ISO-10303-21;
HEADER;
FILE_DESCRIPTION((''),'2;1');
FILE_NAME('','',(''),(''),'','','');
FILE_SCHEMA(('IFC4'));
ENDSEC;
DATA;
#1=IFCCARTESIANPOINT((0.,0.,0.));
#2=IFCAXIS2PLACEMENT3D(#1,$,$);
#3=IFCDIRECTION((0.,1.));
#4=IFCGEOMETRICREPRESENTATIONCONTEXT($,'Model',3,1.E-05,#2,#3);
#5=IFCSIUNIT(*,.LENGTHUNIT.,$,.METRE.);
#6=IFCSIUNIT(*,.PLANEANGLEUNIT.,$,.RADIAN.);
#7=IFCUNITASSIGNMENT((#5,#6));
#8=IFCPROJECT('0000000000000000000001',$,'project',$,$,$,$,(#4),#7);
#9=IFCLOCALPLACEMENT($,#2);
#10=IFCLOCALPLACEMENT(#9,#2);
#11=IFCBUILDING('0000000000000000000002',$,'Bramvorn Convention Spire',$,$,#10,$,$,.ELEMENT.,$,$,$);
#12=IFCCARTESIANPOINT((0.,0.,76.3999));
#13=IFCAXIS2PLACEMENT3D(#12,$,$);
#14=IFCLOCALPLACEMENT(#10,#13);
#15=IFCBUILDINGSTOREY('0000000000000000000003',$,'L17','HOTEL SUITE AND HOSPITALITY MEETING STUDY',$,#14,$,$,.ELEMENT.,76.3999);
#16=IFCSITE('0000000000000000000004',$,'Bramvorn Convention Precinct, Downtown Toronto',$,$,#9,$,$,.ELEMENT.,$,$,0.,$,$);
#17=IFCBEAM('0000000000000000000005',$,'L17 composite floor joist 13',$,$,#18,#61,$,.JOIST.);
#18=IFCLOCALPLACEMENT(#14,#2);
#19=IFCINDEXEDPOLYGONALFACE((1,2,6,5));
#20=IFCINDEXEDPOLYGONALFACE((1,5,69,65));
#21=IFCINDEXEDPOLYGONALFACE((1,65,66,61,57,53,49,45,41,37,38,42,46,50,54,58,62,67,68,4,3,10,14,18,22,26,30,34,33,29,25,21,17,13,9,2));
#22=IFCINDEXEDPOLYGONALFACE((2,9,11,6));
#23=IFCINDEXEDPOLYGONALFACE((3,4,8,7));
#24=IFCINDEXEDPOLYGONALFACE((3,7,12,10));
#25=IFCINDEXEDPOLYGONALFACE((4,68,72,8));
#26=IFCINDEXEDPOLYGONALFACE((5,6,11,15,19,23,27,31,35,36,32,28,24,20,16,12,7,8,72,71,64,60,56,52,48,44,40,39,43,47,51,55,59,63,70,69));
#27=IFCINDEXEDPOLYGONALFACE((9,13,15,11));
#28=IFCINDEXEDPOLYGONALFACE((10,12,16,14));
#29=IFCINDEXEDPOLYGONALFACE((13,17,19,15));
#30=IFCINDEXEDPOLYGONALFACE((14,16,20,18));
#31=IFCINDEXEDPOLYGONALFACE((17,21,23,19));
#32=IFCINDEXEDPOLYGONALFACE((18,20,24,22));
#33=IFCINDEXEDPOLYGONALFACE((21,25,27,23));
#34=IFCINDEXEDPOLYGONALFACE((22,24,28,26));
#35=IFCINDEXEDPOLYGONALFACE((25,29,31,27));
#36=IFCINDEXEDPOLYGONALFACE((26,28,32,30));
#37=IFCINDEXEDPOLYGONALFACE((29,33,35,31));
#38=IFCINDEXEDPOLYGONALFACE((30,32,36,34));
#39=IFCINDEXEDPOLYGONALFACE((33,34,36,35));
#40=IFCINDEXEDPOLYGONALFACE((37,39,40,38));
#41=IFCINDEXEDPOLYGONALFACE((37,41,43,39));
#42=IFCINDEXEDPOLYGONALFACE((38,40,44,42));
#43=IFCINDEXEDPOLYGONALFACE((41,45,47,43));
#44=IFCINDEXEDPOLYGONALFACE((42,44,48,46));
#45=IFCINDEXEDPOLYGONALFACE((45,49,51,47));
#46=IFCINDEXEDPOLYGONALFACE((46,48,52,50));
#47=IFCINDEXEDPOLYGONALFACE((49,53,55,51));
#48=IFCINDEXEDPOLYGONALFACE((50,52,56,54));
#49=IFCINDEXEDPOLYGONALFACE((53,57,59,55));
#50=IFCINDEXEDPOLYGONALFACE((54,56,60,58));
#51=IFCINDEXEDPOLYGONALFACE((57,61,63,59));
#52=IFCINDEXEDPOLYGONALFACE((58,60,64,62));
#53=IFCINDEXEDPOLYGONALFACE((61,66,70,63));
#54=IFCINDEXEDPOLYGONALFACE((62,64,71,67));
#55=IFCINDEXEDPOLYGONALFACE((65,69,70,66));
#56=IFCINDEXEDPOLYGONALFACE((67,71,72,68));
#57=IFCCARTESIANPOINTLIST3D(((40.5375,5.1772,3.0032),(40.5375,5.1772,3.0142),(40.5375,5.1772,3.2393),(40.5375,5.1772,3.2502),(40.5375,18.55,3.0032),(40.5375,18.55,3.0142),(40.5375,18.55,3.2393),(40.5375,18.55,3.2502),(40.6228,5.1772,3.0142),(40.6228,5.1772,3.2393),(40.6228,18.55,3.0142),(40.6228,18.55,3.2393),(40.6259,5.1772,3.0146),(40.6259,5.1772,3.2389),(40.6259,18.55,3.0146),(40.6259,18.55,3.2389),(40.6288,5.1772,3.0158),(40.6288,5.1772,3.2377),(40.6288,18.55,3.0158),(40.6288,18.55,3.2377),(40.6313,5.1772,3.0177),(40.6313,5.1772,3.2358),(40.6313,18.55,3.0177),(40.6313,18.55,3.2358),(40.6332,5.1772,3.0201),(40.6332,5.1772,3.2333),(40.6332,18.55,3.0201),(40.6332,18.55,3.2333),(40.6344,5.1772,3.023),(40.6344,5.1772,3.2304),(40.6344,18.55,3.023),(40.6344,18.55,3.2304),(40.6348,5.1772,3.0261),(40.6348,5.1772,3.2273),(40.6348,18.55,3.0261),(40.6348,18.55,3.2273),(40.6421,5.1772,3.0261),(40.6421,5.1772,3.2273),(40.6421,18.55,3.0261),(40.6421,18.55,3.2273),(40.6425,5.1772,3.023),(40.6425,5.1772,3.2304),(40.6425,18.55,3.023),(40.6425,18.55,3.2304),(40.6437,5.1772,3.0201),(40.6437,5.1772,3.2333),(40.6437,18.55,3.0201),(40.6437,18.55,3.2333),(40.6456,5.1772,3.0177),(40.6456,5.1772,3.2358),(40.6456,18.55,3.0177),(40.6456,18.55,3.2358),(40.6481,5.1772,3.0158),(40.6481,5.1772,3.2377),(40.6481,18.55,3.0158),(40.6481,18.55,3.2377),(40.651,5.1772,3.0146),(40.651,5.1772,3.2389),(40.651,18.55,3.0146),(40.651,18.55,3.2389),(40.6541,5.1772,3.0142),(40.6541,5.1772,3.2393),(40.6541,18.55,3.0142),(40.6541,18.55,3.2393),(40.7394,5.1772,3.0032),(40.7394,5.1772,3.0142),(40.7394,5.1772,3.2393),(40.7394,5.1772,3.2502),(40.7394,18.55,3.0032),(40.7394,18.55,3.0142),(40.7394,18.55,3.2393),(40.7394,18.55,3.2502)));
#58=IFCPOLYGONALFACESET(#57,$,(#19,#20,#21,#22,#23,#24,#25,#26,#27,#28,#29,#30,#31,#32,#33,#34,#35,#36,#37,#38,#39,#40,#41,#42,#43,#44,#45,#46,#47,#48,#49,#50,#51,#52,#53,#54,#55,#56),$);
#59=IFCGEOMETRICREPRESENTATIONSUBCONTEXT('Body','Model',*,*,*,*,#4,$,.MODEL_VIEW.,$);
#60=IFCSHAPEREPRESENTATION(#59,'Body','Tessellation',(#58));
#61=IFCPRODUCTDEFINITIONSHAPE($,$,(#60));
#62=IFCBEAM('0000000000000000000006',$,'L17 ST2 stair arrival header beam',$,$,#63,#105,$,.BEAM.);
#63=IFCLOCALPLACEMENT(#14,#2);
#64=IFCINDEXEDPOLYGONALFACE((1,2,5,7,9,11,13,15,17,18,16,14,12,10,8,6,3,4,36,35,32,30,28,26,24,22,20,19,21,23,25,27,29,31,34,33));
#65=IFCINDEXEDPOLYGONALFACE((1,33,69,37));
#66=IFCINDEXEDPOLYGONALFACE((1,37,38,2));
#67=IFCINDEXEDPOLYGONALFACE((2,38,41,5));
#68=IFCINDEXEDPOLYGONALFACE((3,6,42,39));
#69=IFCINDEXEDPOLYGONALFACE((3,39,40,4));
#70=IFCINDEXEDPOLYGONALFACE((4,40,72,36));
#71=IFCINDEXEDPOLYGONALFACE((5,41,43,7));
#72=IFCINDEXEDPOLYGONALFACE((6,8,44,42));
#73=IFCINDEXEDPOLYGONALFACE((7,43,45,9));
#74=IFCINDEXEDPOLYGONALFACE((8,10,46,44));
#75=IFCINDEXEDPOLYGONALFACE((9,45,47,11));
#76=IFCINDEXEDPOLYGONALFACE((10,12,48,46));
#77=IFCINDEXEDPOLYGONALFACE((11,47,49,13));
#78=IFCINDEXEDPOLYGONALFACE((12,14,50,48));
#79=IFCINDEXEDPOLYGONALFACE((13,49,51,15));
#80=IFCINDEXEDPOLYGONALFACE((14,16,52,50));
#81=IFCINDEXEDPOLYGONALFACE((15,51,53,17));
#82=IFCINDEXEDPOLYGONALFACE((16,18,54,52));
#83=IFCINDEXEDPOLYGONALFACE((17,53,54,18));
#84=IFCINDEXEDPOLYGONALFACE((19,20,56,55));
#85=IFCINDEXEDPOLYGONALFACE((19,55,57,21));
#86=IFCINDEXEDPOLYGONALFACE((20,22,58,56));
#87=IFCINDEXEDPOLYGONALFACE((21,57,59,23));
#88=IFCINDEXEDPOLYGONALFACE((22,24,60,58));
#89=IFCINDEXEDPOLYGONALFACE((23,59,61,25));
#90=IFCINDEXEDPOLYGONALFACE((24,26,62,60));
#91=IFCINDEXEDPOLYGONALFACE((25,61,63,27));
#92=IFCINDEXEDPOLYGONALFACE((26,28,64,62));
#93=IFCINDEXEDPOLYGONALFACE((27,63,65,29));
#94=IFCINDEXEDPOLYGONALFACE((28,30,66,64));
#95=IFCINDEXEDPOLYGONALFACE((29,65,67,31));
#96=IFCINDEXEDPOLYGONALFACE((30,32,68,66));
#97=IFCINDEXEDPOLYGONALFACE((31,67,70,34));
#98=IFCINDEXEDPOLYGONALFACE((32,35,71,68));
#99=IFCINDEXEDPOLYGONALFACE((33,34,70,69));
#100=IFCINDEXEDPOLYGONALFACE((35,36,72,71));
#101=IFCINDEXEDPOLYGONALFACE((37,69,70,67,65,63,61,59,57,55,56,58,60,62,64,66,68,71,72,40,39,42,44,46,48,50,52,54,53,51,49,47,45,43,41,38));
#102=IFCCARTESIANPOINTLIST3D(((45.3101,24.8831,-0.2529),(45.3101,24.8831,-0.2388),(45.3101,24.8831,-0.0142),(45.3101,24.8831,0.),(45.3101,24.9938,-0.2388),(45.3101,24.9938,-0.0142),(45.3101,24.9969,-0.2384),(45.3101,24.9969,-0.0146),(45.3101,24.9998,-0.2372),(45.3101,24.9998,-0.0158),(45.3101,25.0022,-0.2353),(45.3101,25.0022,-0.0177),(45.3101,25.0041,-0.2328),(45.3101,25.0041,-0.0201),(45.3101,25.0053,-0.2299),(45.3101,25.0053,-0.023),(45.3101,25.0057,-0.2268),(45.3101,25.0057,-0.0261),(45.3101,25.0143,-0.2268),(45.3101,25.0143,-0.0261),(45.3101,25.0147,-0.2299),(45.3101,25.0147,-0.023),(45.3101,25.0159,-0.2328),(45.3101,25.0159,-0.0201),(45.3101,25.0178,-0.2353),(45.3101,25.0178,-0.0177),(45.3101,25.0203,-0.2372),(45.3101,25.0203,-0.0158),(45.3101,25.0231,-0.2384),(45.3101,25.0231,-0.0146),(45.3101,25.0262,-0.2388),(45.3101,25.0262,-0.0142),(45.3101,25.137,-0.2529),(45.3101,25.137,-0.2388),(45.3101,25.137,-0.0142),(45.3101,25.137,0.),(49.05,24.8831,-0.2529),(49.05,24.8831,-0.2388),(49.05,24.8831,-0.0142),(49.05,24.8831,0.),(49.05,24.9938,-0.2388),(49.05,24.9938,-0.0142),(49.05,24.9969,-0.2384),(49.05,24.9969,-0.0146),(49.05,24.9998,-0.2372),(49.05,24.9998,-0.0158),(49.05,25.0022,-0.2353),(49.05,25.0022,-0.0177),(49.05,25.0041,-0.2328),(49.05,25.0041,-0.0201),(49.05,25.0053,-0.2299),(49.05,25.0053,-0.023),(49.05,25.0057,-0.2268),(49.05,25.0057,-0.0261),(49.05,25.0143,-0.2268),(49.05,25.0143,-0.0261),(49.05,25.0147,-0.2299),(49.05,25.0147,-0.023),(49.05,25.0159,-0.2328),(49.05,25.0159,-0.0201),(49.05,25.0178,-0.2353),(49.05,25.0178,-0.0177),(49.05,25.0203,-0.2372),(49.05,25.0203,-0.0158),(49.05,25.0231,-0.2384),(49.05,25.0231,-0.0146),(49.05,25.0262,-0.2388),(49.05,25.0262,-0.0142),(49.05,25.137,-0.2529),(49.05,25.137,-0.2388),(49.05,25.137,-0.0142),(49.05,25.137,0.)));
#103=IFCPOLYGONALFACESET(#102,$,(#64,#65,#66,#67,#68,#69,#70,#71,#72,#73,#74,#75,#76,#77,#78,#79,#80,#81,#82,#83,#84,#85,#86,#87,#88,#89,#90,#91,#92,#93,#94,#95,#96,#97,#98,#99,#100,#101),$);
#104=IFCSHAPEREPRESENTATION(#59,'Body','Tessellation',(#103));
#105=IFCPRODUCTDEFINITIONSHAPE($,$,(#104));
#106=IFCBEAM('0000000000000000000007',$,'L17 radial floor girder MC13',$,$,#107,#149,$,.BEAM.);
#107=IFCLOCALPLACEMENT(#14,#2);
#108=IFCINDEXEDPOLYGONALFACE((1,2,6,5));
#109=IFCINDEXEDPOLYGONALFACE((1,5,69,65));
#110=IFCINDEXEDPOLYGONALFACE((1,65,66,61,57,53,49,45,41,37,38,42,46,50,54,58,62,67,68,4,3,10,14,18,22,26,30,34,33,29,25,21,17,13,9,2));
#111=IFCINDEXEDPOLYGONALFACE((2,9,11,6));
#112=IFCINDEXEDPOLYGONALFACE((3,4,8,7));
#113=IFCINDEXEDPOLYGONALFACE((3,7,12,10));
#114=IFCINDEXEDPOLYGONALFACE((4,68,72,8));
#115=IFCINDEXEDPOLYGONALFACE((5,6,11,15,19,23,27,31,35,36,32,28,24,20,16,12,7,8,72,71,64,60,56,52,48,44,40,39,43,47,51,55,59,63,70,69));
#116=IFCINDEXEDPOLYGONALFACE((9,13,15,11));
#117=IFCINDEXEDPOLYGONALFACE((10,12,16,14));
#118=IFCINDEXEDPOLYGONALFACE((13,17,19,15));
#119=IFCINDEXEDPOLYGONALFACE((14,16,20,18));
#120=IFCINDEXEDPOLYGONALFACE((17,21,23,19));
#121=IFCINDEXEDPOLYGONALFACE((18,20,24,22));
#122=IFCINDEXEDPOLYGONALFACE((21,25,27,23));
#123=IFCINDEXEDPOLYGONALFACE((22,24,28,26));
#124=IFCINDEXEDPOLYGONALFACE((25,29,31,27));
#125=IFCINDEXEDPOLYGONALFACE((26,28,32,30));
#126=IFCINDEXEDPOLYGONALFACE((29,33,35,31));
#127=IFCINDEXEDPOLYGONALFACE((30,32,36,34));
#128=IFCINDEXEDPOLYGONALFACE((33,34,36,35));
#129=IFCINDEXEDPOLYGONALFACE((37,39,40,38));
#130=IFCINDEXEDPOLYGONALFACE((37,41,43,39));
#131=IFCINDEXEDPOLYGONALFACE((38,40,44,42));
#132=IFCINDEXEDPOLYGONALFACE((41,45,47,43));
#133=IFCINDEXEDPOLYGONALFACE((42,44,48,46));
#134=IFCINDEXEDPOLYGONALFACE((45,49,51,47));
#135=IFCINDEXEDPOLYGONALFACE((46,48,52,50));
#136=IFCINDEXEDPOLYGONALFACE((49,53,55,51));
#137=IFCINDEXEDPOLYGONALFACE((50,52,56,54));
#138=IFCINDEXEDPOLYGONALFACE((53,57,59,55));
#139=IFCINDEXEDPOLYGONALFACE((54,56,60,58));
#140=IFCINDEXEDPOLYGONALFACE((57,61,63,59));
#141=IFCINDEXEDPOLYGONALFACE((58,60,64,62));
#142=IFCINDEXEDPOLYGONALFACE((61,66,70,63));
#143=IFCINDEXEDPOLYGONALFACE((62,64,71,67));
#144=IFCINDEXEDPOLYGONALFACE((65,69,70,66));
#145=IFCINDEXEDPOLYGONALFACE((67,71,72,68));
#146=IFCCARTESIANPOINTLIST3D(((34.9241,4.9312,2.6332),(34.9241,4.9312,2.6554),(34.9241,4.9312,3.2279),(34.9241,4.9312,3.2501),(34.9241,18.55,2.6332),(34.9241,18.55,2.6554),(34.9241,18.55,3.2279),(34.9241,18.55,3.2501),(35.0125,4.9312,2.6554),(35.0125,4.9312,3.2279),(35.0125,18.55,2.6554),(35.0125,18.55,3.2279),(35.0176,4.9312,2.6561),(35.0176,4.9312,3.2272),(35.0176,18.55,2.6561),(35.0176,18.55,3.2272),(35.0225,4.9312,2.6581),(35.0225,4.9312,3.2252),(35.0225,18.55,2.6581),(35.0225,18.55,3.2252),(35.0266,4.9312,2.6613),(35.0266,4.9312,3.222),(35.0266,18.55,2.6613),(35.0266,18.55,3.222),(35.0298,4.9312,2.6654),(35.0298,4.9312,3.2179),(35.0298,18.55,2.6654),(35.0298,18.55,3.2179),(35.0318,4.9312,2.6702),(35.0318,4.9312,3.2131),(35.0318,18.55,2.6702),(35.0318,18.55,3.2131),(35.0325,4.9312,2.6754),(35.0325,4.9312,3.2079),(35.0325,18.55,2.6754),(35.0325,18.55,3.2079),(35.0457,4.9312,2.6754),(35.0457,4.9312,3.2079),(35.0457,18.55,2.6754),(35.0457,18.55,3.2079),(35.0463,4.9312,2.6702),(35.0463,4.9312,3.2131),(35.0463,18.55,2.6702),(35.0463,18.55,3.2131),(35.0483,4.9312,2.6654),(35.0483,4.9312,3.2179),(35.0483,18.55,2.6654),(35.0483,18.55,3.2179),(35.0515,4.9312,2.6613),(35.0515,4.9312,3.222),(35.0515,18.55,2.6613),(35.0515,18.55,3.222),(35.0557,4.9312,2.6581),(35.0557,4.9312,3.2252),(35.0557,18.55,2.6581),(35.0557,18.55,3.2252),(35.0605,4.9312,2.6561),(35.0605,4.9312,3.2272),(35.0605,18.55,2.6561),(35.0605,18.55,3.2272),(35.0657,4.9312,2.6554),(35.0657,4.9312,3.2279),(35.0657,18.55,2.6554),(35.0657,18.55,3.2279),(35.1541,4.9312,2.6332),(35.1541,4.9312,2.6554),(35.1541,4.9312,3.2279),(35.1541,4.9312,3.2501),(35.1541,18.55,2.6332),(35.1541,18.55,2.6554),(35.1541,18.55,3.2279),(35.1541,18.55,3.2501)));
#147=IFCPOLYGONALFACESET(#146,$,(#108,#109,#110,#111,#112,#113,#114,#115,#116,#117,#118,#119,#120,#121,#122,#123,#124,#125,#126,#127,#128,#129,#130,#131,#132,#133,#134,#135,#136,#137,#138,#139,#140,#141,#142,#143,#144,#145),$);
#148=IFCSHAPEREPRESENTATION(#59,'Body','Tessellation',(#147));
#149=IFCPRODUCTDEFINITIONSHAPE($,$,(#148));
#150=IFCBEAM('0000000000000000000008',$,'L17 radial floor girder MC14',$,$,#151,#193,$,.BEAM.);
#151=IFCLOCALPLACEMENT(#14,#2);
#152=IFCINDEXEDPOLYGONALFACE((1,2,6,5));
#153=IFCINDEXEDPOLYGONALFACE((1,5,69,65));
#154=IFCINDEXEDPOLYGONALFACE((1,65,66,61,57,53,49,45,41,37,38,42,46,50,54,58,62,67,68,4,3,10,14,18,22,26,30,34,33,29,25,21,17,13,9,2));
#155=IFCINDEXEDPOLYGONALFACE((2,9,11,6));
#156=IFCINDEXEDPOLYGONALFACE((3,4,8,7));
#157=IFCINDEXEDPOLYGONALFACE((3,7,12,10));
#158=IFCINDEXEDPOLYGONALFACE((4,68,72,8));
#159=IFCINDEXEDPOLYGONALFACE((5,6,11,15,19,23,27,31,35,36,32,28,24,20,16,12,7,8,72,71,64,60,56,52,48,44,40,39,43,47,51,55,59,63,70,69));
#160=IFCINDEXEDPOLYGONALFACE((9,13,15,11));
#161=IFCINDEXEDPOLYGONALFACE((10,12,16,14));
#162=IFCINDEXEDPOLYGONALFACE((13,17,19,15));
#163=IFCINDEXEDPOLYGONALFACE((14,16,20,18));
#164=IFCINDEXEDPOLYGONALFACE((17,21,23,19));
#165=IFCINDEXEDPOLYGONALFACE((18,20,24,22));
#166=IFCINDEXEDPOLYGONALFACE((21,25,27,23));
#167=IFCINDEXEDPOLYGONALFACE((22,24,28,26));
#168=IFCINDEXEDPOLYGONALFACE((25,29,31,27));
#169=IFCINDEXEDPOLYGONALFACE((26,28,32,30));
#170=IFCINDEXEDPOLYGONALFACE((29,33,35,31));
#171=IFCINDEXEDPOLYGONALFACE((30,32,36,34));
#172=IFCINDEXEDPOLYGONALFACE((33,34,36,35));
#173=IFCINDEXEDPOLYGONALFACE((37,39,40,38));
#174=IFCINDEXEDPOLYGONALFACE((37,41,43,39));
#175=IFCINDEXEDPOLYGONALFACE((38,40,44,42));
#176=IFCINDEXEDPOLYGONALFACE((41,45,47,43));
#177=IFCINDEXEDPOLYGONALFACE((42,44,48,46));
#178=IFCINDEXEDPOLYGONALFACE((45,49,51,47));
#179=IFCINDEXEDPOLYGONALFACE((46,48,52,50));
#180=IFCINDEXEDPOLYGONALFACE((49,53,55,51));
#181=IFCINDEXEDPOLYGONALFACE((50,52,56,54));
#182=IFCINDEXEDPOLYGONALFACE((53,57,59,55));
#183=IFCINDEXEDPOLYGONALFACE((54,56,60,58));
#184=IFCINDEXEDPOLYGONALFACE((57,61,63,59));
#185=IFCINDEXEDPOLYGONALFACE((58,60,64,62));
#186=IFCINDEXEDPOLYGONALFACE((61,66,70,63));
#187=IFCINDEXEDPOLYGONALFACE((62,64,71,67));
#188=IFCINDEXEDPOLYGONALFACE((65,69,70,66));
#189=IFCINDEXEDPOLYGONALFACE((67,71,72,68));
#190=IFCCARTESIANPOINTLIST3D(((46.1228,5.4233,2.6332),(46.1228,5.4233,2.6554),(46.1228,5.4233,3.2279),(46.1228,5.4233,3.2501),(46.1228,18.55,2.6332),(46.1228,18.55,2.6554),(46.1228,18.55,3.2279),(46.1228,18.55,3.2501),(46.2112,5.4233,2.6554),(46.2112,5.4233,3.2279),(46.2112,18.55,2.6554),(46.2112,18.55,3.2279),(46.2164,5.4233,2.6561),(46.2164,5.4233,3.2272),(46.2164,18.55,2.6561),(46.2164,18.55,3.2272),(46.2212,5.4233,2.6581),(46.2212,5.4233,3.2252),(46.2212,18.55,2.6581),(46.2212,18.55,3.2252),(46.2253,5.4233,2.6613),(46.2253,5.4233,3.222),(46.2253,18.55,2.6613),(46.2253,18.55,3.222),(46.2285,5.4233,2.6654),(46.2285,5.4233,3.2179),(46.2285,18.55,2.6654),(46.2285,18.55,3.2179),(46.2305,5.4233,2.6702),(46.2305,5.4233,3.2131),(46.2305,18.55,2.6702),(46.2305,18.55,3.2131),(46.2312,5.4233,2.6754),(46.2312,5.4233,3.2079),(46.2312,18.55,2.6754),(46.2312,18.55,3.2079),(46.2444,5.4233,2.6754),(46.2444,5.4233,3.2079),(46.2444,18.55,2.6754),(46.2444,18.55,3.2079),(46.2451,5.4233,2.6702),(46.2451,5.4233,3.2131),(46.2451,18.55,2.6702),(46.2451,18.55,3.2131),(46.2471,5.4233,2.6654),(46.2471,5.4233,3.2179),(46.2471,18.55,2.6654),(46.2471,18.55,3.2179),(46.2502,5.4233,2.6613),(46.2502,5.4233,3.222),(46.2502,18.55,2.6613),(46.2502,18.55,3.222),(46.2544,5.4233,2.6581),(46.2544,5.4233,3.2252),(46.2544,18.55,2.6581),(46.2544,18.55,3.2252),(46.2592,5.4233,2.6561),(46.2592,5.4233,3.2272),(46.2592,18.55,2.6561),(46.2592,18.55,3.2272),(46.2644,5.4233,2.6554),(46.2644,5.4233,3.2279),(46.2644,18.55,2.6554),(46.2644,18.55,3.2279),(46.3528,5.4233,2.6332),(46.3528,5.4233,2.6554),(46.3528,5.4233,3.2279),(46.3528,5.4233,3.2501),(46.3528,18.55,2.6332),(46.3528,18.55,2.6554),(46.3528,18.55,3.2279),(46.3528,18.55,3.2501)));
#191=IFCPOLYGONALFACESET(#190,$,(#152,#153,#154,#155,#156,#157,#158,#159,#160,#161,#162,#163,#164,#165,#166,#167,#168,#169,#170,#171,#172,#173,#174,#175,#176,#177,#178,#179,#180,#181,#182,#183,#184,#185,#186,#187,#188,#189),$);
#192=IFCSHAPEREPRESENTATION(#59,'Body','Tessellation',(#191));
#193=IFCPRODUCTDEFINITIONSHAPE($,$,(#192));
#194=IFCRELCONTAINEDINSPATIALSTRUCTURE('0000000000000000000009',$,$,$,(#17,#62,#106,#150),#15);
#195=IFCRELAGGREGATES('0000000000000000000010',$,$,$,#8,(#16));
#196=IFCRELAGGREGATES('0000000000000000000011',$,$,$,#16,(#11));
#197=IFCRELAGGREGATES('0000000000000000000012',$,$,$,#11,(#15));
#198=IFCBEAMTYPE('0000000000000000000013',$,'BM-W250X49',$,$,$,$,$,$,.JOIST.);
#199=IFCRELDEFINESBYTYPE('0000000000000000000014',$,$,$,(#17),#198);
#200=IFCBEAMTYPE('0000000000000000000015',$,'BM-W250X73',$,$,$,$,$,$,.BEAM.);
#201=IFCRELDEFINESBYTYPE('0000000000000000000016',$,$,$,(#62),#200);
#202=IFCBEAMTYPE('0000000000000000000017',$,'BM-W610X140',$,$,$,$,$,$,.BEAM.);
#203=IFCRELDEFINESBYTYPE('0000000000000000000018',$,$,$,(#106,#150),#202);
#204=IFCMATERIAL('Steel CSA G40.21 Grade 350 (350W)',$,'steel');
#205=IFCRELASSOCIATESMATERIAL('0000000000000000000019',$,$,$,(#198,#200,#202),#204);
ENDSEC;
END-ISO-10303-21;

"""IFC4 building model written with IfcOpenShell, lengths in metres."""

from ifc_helpers import new_model, si_unit, direction, frame, origin, origin_2d, place, context, subcontext, project, spatial, i_section, extrude, material, material_profile, profile_set, type_object, element, save


model = new_model("IFC4")

# Units and contexts
model_context = context("Model", 3, precision=1e-05, world=origin(), true_north=direction((0.0, 1.0)))
body_context = subcontext(model_context, "Body", "Model", "MODEL_VIEW")
ifc_project = project(units=[si_unit("LENGTHUNIT", "METRE"), si_unit("PLANEANGLEUNIT", "RADIAN")], contexts=[model_context])

# Site, building, storey
site_placement = place(None, origin())
site = spatial("IfcSite", under=ifc_project, at=site_placement, Name="Bramvorn Convention Precinct, Downtown Toronto", CompositionType="ELEMENT", RefElevation=0.0)
building_placement = place(site_placement, origin())
building = spatial("IfcBuilding", under=site, at=building_placement, Name="Bramvorn Convention Spire", CompositionType="ELEMENT")
storey_placement = place(building_placement, frame((0.0, 0.0, 76.3999)))
storey = spatial("IfcBuildingStorey", under=building, at=storey_placement, Name="L17", Description="HOTEL SUITE AND HOSPITALITY MEETING STUDY", CompositionType="ELEMENT", Elevation=76.3999)

# Beams
ifc_material_1 = material(Name="Steel CSA G40.21 Grade 350 (350W)", Category="steel")
ifc_material_profile_1 = material_profile(ifc_material_1, i_section(OverallWidth=0.2019, OverallDepth=0.2471, WebThickness=0.0073, FlangeThickness=0.011, FilletRadius=0.012, at=origin_2d()))
ifc_profile_set_1 = profile_set([ifc_material_profile_1], Name="Steel CSA G40.21 Grade 350 (350W) - W250X49")
beam_type_1 = type_object("IfcBeamType", Name="BM-W250X49", PredefinedType="JOIST", material=ifc_profile_set_1)
beam_1_placement = place(storey_placement, frame((40.6384, 18.55, 3.1267), z_axis=(0.0, -1.0, 0.0), x_axis=(1.0, 0.0, 0.0)))
element("IfcBeam", 1, at=beam_1_placement, inside=storey, type_object=beam_type_1, Name="L17 composite floor joist 13", PredefinedType="JOIST", context=body_context, shape_type="SweptSolid", body=[
    extrude(i_section(OverallWidth=0.2019, OverallDepth=0.2471, WebThickness=0.0073, FlangeThickness=0.011, FilletRadius=0.012, at=origin_2d()), origin(), (0.0, 0.0, 1.0), 13.3728),
])
ifc_material_profile_2 = material_profile(ifc_material_1, i_section(OverallWidth=0.2539, OverallDepth=0.2529, WebThickness=0.0085, FlangeThickness=0.0142, FilletRadius=0.012, at=origin_2d()))
ifc_profile_set_2 = profile_set([ifc_material_profile_2], Name="Steel CSA G40.21 Grade 350 (350W) - W250X73")
beam_type_2 = type_object("IfcBeamType", Name="BM-W250X73", PredefinedType="BEAM", material=ifc_profile_set_2)
beam_2_placement = place(storey_placement, frame((45.3101, 25.01, -0.1265), z_axis=(1.0, 0.0, 0.0), x_axis=(0.0, 1.0, 0.0)))
element("IfcBeam", 2, at=beam_2_placement, inside=storey, type_object=beam_type_2, Name="L17 ST2 stair arrival header beam", PredefinedType="BEAM", context=body_context, shape_type="SweptSolid", body=[
    extrude(i_section(OverallWidth=0.2539, OverallDepth=0.2529, WebThickness=0.0085, FlangeThickness=0.0142, FilletRadius=0.012, at=origin_2d()), origin(), (0.0, 0.0, 1.0), 3.74),
])
ifc_material_profile_3 = material_profile(ifc_material_1, i_section(OverallWidth=0.23, OverallDepth=0.6169, WebThickness=0.0132, FlangeThickness=0.0222, FilletRadius=0.02, at=origin_2d()))
ifc_profile_set_3 = profile_set([ifc_material_profile_3], Name="Steel CSA G40.21 Grade 350 (350W) - W610X140")
beam_type_3 = type_object("IfcBeamType", Name="BM-W610X140", PredefinedType="BEAM", material=ifc_profile_set_3)
beam_3_placement = place(storey_placement, frame((35.0391, 18.55, 2.9417), z_axis=(0.0, -1.0, 0.0), x_axis=(1.0, 0.0, 0.0)))
element("IfcBeam", 3, at=beam_3_placement, inside=storey, type_object=beam_type_3, Name="L17 radial floor girder MC13", PredefinedType="BEAM", context=body_context, shape_type="SweptSolid", body=[
    extrude(i_section(OverallWidth=0.23, OverallDepth=0.6169, WebThickness=0.0132, FlangeThickness=0.0222, FilletRadius=0.02, at=origin_2d()), origin(), (0.0, 0.0, 1.0), 13.6189),
])
beam_4_placement = place(storey_placement, frame((46.2378, 18.55, 2.9417), z_axis=(0.0, -1.0, 0.0), x_axis=(1.0, 0.0, 0.0)))
element("IfcBeam", 4, at=beam_4_placement, inside=storey, type_object=beam_type_3, Name="L17 radial floor girder MC14", PredefinedType="BEAM", context=body_context, shape_type="SweptSolid", body=[
    extrude(i_section(OverallWidth=0.23, OverallDepth=0.6169, WebThickness=0.0132, FlangeThickness=0.0222, FilletRadius=0.02, at=origin_2d()), origin(), (0.0, 0.0, 1.0), 13.1267),
])

save(model, "model.ifc")
